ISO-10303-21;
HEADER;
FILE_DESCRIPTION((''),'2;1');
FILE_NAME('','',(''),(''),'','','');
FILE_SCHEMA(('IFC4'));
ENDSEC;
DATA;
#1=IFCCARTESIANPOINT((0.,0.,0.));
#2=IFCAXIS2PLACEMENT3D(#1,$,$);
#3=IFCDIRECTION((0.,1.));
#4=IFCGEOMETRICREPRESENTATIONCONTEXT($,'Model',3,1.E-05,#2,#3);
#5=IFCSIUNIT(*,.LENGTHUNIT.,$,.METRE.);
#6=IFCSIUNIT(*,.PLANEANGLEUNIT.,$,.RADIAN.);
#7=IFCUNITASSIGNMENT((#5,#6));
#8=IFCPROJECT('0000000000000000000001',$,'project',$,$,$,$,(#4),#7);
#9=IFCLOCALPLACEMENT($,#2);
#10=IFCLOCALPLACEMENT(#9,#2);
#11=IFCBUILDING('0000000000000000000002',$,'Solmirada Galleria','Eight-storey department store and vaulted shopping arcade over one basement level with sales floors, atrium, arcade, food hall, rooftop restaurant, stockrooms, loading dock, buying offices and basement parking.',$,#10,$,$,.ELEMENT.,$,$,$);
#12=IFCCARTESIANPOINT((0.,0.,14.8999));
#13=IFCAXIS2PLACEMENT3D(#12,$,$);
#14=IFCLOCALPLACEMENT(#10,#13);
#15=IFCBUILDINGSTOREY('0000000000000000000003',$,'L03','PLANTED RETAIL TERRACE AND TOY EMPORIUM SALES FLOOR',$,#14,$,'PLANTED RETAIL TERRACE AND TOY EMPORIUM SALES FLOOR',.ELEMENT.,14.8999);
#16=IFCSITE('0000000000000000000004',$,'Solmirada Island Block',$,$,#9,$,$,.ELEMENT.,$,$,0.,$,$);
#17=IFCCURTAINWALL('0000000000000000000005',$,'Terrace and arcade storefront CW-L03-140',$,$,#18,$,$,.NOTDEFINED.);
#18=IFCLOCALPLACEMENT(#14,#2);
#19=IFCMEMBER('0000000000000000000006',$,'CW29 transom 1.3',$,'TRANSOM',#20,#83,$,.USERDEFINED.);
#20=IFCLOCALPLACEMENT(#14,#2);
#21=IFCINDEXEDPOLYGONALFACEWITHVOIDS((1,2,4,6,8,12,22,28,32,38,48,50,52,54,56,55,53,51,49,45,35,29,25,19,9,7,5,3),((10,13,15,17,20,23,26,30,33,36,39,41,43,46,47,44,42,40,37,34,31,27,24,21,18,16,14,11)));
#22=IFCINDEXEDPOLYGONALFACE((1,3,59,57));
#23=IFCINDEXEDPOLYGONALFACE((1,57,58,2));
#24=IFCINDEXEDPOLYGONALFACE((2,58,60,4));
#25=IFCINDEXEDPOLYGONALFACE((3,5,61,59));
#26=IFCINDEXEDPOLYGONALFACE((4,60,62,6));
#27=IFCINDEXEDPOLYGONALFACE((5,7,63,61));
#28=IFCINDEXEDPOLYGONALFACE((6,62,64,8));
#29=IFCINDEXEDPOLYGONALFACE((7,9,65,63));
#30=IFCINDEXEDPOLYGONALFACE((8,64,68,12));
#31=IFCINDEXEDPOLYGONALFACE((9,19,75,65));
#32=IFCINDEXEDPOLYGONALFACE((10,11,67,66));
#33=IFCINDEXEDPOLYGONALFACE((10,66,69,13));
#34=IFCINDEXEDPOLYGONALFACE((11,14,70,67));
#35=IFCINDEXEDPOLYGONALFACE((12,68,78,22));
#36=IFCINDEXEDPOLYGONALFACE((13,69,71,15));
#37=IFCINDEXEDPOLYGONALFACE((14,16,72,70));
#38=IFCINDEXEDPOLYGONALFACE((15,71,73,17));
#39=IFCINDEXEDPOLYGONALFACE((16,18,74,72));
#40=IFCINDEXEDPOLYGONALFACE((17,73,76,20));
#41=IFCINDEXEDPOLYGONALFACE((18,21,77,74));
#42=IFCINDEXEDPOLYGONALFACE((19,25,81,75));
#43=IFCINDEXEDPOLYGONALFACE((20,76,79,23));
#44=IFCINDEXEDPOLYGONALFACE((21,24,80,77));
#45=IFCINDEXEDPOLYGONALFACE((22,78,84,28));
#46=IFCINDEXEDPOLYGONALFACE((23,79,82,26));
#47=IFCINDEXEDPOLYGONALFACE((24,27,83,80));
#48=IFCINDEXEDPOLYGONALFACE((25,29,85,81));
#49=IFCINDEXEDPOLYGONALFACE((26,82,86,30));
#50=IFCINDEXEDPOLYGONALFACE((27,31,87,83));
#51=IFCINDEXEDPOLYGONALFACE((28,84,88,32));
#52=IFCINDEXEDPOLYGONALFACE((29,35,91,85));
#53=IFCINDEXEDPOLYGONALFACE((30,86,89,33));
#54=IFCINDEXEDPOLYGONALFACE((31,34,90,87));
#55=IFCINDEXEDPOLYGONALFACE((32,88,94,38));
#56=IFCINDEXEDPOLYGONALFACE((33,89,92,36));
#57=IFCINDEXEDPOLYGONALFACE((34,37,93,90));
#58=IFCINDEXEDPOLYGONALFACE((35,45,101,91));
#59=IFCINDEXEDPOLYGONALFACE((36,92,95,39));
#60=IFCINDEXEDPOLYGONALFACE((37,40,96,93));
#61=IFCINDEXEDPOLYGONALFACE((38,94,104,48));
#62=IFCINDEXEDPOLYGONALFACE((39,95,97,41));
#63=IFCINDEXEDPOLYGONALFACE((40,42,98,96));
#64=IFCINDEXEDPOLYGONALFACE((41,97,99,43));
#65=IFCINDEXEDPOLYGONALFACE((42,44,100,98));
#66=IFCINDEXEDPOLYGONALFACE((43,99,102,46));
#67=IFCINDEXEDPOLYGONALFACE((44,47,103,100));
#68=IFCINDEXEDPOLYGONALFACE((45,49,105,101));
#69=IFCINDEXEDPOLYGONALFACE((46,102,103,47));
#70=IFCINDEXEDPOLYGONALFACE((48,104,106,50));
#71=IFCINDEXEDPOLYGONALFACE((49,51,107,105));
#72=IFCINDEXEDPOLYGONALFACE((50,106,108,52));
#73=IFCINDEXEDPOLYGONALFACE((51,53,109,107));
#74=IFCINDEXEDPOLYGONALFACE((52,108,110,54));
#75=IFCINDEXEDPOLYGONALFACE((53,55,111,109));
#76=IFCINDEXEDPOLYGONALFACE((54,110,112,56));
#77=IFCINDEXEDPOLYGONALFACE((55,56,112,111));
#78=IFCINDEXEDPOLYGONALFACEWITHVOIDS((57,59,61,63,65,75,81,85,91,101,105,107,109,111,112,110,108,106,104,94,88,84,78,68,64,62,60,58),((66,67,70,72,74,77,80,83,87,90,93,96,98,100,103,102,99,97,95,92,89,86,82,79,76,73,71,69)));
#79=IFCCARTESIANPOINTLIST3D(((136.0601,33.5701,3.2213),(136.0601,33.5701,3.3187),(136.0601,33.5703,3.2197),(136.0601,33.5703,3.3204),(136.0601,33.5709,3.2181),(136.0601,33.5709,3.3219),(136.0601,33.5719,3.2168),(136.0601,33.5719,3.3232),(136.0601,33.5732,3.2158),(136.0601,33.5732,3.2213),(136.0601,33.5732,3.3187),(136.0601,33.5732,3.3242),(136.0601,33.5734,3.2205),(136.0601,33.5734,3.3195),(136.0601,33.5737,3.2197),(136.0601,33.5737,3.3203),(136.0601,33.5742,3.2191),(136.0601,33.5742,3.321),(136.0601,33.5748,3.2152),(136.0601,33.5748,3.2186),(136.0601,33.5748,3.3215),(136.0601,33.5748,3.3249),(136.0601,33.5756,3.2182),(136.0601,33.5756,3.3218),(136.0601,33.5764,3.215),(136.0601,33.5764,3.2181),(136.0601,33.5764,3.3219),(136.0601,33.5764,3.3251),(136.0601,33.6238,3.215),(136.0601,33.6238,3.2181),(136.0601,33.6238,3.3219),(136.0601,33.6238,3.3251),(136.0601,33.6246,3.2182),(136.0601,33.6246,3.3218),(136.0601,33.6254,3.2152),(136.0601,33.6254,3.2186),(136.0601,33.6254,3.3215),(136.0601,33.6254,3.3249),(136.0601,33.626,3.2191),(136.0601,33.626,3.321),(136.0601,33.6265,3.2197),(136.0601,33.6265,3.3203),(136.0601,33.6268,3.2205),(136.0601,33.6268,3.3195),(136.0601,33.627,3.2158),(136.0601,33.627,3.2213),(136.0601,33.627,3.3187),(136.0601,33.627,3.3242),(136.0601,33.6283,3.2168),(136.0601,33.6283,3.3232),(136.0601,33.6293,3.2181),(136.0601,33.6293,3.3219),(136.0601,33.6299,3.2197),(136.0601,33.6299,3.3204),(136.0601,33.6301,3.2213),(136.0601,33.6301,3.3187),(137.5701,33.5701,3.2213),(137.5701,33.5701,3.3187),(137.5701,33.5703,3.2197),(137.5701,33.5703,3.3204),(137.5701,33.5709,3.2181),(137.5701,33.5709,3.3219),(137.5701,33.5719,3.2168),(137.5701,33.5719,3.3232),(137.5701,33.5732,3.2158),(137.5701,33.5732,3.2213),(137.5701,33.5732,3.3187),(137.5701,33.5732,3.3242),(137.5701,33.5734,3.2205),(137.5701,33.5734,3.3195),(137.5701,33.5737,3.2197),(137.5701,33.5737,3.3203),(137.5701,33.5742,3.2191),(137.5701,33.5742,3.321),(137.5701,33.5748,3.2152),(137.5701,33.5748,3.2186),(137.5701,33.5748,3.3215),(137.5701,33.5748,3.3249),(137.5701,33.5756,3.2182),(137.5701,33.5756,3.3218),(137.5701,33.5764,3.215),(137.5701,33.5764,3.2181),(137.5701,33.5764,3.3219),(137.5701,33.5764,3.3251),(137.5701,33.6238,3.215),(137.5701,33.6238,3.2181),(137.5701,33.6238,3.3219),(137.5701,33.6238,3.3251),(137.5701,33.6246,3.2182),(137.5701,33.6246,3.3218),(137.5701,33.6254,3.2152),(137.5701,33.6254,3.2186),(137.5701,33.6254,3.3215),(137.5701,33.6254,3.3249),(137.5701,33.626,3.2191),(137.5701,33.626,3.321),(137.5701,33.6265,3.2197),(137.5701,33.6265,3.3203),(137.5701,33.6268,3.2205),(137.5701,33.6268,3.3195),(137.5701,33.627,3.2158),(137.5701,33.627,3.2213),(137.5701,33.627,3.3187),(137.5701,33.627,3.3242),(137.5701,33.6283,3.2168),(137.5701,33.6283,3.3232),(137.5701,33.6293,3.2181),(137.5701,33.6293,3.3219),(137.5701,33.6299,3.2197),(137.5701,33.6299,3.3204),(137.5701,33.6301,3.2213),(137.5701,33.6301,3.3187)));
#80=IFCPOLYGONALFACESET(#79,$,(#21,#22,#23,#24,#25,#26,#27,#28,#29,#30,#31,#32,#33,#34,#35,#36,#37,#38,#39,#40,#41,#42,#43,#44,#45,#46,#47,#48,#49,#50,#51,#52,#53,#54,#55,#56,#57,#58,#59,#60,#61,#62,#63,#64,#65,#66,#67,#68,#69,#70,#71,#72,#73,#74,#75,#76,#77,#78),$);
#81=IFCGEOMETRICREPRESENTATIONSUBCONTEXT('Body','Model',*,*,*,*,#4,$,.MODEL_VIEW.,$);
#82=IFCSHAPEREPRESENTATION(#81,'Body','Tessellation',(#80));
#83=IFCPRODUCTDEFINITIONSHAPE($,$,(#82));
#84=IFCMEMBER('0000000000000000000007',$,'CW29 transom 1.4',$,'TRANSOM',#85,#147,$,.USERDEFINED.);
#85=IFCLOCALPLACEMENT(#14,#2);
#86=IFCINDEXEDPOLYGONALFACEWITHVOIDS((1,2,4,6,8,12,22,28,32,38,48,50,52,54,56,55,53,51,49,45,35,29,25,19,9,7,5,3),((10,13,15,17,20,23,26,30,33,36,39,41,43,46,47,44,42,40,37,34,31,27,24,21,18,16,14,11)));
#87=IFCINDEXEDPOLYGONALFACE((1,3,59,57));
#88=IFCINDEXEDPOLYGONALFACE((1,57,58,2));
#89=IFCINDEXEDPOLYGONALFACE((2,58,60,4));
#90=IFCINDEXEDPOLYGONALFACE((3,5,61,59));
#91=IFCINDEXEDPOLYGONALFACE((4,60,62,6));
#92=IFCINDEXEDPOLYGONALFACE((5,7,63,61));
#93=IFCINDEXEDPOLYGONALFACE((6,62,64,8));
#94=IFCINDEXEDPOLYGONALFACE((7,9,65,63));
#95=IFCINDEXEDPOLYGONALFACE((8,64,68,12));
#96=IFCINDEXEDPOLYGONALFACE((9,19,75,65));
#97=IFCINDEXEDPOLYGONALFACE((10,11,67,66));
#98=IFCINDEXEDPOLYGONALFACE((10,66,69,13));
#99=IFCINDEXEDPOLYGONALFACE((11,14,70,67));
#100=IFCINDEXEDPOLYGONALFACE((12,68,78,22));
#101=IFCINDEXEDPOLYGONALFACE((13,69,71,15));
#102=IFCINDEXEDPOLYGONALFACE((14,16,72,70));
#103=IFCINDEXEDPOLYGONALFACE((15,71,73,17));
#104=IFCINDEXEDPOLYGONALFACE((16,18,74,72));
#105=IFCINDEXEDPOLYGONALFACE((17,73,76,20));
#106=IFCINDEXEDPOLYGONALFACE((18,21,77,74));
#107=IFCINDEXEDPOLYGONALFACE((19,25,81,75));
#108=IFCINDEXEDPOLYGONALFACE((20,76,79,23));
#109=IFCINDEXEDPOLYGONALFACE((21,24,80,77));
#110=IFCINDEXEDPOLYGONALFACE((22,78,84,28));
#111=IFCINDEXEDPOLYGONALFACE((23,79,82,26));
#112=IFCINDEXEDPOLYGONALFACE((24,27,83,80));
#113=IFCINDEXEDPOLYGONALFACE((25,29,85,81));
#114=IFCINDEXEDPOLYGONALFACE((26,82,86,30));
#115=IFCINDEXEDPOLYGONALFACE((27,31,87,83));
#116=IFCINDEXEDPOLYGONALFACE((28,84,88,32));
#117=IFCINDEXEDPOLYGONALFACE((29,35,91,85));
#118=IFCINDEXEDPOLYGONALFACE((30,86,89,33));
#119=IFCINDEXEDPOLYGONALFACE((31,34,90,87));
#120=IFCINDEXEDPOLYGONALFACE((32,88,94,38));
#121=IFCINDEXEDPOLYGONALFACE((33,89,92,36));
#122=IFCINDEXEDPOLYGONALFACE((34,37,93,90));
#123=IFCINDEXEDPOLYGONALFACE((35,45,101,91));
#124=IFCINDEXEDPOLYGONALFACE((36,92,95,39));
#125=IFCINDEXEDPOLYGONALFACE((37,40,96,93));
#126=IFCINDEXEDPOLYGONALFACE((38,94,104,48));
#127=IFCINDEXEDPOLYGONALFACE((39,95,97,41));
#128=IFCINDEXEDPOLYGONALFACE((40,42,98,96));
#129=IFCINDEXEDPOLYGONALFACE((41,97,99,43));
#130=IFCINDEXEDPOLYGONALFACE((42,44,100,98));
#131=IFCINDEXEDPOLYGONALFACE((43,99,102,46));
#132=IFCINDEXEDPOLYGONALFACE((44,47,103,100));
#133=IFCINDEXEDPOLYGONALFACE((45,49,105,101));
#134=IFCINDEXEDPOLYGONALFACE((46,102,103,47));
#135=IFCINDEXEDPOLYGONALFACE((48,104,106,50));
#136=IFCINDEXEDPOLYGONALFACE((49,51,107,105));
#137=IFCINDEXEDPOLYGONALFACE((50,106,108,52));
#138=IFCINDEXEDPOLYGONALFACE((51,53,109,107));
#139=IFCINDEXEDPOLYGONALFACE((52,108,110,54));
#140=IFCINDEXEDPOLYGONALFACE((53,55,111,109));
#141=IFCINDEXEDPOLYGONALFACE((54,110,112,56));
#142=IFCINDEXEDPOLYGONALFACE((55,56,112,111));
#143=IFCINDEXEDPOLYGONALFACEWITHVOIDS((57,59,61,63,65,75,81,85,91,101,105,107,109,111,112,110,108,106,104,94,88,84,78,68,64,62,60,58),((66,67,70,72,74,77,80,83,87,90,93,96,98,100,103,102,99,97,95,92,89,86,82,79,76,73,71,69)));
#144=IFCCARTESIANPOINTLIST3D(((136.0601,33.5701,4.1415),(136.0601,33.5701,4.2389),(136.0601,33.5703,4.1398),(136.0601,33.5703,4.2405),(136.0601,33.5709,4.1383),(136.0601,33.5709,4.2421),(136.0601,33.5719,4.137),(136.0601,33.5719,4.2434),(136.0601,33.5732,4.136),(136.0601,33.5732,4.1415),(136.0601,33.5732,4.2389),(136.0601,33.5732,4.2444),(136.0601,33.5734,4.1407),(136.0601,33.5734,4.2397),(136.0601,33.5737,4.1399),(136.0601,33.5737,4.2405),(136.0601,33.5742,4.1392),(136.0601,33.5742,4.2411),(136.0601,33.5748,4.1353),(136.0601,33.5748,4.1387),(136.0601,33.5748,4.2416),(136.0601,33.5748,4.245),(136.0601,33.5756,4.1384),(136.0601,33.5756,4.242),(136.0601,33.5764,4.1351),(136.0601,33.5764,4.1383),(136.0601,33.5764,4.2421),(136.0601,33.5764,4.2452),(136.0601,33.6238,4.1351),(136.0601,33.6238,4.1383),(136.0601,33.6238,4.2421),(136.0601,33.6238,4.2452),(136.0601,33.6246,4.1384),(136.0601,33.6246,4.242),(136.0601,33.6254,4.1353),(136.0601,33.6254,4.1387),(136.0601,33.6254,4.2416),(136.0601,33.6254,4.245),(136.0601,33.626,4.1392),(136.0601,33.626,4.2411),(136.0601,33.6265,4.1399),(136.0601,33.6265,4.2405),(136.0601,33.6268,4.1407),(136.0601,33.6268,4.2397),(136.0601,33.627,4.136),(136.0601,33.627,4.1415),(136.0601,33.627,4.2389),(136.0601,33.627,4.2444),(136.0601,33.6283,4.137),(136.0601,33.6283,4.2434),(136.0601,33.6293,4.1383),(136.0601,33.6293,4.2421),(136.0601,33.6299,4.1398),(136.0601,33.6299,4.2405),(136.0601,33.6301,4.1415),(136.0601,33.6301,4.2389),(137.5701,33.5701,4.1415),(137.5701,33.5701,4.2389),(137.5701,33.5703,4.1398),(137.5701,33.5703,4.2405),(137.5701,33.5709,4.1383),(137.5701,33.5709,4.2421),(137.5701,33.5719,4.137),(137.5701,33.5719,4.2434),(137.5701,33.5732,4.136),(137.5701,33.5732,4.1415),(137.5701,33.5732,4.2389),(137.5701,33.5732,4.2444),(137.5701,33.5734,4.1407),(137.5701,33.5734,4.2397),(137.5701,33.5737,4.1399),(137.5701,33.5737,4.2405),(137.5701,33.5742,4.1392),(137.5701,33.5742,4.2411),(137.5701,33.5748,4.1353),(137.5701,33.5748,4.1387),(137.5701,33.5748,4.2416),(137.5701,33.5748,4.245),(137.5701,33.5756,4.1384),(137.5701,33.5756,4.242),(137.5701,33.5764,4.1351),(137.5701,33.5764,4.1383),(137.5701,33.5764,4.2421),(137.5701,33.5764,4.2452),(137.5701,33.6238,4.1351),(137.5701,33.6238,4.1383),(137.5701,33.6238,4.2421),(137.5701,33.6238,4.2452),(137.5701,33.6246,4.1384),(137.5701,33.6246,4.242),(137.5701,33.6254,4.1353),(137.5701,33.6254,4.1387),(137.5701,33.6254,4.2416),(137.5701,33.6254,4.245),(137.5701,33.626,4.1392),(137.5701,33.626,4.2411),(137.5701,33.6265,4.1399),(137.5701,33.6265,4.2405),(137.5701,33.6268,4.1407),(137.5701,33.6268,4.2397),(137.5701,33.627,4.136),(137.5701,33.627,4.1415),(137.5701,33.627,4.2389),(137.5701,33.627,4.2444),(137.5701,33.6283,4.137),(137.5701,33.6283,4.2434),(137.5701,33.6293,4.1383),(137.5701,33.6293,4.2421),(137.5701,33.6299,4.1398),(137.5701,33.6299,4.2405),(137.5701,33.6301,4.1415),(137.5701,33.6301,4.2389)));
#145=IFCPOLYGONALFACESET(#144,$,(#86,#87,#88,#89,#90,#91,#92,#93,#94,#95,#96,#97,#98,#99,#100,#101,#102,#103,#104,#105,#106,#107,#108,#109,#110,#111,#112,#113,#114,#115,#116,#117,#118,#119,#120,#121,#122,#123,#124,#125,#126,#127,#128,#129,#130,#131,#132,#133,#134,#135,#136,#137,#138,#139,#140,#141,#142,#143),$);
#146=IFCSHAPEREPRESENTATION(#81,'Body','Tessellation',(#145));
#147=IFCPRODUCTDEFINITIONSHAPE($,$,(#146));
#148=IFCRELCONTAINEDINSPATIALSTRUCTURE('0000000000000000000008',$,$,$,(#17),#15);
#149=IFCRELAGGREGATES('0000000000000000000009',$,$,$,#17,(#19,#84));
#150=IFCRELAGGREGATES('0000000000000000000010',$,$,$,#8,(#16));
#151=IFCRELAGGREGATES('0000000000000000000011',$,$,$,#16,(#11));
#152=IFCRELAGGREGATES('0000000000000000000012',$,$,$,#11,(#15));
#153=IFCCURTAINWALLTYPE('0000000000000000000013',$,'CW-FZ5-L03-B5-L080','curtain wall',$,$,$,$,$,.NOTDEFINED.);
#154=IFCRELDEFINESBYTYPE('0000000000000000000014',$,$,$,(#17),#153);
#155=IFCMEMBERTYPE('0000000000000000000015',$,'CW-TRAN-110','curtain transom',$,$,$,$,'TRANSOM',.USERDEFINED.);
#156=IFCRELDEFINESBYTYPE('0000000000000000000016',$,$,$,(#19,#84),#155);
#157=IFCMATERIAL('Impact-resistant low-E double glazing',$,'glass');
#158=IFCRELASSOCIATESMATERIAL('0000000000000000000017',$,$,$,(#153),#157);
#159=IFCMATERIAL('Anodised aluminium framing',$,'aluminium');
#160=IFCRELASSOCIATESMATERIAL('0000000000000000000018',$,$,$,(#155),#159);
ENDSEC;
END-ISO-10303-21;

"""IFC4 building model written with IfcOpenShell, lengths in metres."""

from ifc_helpers import new_model, si_unit, direction, frame, origin, origin_2d, place, context, subcontext, project, spatial, hollow_rectangle, extrude, material, material_profile, profile_set, type_object, element, aggregate, save


model = new_model("IFC4")

# Units and contexts
model_context = context("Model", 3, precision=1e-05, world=origin(), true_north=direction((0.0, 1.0)))
body_context = subcontext(model_context, "Body", "Model", "MODEL_VIEW")
ifc_project = project(units=[si_unit("LENGTHUNIT", "METRE"), si_unit("PLANEANGLEUNIT", "RADIAN")], contexts=[model_context])

# Site, building, storey
site_placement = place(None, origin())
site = spatial("IfcSite", under=ifc_project, at=site_placement, Name="Solmirada Island Block", CompositionType="ELEMENT", RefElevation=0.0)
building_placement = place(site_placement, origin())
building = spatial("IfcBuilding", under=site, at=building_placement, Name="Solmirada Galleria", Description="Eight-storey department store and vaulted shopping arcade over one basement level with sales floors, atrium, arcade, food hall, rooftop restaurant, stockrooms, loading dock, buying offices and basement parking.", CompositionType="ELEMENT")
storey_placement = place(building_placement, frame((0.0, 0.0, 14.8999)))
storey = spatial("IfcBuildingStorey", under=building, at=storey_placement, Name="L03", Description="PLANTED RETAIL TERRACE AND TOY EMPORIUM SALES FLOOR", LongName="PLANTED RETAIL TERRACE AND TOY EMPORIUM SALES FLOOR", CompositionType="ELEMENT", Elevation=14.8999)

# Curtain wall
ifc_material_1 = material(Name="Impact-resistant low-E double glazing", Category="glass")
curtain_wall_type = type_object("IfcCurtainWallType", Name="CW-FZ5-L03-B5-L080", Description="curtain wall", PredefinedType="NOTDEFINED", material=ifc_material_1)
ifc_material_2 = material(Name="Anodised aluminium framing", Category="aluminium")
curtain_wall_1_placement = place(storey_placement, origin())
curtain_wall_1 = element("IfcCurtainWall", 1, at=curtain_wall_1_placement, inside=storey, type_object=curtain_wall_type, Name="Terrace and arcade storefront CW-L03-140", PredefinedType="NOTDEFINED")

# Members
ifc_material_profile_1 = material_profile(ifc_material_2, hollow_rectangle(XDim=0.0601, YDim=0.1101, WallThickness=0.0032, InnerFilletRadius=0.0032, OuterFilletRadius=0.0063, at=origin_2d()), Name="ALU-TRAN-110X60")
ifc_profile_set_1 = profile_set([ifc_material_profile_1], Name="Anodised aluminium framing")
member_type_1 = type_object("IfcMemberType", Name="CW-TRAN-110", Description="curtain transom", ElementType="TRANSOM", PredefinedType="USERDEFINED", material=ifc_profile_set_1)
member_1_placement = place(storey_placement, frame((136.0601, 33.6001, 3.27), z_axis=(1.0, 0.0, 0.0), x_axis=(0.0, 1.0, 0.0)))
member_1 = element("IfcMember", 2, at=member_1_placement, type_object=member_type_1, Name="CW29 transom 1.3", ObjectType="TRANSOM", PredefinedType="USERDEFINED", context=body_context, shape_type="SweptSolid", body=[
    extrude(hollow_rectangle(XDim=0.0601, YDim=0.1101, WallThickness=0.0032, InnerFilletRadius=0.0032, OuterFilletRadius=0.0063, at=origin_2d()), origin(), (0.0, 0.0, 1.0), 1.51),
])
member_2_placement = place(storey_placement, frame((136.0601, 33.6001, 4.1902), z_axis=(1.0, 0.0, 0.0), x_axis=(0.0, 1.0, 0.0)))
member_2 = element("IfcMember", 3, at=member_2_placement, type_object=member_type_1, Name="CW29 transom 1.4", ObjectType="TRANSOM", PredefinedType="USERDEFINED", context=body_context, shape_type="SweptSolid", body=[
    extrude(hollow_rectangle(XDim=0.0601, YDim=0.1101, WallThickness=0.0032, InnerFilletRadius=0.0032, OuterFilletRadius=0.0063, at=origin_2d()), origin(), (0.0, 0.0, 1.0), 1.51),
])

aggregate(curtain_wall_1, [member_1, member_2])

save(model, "model.ifc")
